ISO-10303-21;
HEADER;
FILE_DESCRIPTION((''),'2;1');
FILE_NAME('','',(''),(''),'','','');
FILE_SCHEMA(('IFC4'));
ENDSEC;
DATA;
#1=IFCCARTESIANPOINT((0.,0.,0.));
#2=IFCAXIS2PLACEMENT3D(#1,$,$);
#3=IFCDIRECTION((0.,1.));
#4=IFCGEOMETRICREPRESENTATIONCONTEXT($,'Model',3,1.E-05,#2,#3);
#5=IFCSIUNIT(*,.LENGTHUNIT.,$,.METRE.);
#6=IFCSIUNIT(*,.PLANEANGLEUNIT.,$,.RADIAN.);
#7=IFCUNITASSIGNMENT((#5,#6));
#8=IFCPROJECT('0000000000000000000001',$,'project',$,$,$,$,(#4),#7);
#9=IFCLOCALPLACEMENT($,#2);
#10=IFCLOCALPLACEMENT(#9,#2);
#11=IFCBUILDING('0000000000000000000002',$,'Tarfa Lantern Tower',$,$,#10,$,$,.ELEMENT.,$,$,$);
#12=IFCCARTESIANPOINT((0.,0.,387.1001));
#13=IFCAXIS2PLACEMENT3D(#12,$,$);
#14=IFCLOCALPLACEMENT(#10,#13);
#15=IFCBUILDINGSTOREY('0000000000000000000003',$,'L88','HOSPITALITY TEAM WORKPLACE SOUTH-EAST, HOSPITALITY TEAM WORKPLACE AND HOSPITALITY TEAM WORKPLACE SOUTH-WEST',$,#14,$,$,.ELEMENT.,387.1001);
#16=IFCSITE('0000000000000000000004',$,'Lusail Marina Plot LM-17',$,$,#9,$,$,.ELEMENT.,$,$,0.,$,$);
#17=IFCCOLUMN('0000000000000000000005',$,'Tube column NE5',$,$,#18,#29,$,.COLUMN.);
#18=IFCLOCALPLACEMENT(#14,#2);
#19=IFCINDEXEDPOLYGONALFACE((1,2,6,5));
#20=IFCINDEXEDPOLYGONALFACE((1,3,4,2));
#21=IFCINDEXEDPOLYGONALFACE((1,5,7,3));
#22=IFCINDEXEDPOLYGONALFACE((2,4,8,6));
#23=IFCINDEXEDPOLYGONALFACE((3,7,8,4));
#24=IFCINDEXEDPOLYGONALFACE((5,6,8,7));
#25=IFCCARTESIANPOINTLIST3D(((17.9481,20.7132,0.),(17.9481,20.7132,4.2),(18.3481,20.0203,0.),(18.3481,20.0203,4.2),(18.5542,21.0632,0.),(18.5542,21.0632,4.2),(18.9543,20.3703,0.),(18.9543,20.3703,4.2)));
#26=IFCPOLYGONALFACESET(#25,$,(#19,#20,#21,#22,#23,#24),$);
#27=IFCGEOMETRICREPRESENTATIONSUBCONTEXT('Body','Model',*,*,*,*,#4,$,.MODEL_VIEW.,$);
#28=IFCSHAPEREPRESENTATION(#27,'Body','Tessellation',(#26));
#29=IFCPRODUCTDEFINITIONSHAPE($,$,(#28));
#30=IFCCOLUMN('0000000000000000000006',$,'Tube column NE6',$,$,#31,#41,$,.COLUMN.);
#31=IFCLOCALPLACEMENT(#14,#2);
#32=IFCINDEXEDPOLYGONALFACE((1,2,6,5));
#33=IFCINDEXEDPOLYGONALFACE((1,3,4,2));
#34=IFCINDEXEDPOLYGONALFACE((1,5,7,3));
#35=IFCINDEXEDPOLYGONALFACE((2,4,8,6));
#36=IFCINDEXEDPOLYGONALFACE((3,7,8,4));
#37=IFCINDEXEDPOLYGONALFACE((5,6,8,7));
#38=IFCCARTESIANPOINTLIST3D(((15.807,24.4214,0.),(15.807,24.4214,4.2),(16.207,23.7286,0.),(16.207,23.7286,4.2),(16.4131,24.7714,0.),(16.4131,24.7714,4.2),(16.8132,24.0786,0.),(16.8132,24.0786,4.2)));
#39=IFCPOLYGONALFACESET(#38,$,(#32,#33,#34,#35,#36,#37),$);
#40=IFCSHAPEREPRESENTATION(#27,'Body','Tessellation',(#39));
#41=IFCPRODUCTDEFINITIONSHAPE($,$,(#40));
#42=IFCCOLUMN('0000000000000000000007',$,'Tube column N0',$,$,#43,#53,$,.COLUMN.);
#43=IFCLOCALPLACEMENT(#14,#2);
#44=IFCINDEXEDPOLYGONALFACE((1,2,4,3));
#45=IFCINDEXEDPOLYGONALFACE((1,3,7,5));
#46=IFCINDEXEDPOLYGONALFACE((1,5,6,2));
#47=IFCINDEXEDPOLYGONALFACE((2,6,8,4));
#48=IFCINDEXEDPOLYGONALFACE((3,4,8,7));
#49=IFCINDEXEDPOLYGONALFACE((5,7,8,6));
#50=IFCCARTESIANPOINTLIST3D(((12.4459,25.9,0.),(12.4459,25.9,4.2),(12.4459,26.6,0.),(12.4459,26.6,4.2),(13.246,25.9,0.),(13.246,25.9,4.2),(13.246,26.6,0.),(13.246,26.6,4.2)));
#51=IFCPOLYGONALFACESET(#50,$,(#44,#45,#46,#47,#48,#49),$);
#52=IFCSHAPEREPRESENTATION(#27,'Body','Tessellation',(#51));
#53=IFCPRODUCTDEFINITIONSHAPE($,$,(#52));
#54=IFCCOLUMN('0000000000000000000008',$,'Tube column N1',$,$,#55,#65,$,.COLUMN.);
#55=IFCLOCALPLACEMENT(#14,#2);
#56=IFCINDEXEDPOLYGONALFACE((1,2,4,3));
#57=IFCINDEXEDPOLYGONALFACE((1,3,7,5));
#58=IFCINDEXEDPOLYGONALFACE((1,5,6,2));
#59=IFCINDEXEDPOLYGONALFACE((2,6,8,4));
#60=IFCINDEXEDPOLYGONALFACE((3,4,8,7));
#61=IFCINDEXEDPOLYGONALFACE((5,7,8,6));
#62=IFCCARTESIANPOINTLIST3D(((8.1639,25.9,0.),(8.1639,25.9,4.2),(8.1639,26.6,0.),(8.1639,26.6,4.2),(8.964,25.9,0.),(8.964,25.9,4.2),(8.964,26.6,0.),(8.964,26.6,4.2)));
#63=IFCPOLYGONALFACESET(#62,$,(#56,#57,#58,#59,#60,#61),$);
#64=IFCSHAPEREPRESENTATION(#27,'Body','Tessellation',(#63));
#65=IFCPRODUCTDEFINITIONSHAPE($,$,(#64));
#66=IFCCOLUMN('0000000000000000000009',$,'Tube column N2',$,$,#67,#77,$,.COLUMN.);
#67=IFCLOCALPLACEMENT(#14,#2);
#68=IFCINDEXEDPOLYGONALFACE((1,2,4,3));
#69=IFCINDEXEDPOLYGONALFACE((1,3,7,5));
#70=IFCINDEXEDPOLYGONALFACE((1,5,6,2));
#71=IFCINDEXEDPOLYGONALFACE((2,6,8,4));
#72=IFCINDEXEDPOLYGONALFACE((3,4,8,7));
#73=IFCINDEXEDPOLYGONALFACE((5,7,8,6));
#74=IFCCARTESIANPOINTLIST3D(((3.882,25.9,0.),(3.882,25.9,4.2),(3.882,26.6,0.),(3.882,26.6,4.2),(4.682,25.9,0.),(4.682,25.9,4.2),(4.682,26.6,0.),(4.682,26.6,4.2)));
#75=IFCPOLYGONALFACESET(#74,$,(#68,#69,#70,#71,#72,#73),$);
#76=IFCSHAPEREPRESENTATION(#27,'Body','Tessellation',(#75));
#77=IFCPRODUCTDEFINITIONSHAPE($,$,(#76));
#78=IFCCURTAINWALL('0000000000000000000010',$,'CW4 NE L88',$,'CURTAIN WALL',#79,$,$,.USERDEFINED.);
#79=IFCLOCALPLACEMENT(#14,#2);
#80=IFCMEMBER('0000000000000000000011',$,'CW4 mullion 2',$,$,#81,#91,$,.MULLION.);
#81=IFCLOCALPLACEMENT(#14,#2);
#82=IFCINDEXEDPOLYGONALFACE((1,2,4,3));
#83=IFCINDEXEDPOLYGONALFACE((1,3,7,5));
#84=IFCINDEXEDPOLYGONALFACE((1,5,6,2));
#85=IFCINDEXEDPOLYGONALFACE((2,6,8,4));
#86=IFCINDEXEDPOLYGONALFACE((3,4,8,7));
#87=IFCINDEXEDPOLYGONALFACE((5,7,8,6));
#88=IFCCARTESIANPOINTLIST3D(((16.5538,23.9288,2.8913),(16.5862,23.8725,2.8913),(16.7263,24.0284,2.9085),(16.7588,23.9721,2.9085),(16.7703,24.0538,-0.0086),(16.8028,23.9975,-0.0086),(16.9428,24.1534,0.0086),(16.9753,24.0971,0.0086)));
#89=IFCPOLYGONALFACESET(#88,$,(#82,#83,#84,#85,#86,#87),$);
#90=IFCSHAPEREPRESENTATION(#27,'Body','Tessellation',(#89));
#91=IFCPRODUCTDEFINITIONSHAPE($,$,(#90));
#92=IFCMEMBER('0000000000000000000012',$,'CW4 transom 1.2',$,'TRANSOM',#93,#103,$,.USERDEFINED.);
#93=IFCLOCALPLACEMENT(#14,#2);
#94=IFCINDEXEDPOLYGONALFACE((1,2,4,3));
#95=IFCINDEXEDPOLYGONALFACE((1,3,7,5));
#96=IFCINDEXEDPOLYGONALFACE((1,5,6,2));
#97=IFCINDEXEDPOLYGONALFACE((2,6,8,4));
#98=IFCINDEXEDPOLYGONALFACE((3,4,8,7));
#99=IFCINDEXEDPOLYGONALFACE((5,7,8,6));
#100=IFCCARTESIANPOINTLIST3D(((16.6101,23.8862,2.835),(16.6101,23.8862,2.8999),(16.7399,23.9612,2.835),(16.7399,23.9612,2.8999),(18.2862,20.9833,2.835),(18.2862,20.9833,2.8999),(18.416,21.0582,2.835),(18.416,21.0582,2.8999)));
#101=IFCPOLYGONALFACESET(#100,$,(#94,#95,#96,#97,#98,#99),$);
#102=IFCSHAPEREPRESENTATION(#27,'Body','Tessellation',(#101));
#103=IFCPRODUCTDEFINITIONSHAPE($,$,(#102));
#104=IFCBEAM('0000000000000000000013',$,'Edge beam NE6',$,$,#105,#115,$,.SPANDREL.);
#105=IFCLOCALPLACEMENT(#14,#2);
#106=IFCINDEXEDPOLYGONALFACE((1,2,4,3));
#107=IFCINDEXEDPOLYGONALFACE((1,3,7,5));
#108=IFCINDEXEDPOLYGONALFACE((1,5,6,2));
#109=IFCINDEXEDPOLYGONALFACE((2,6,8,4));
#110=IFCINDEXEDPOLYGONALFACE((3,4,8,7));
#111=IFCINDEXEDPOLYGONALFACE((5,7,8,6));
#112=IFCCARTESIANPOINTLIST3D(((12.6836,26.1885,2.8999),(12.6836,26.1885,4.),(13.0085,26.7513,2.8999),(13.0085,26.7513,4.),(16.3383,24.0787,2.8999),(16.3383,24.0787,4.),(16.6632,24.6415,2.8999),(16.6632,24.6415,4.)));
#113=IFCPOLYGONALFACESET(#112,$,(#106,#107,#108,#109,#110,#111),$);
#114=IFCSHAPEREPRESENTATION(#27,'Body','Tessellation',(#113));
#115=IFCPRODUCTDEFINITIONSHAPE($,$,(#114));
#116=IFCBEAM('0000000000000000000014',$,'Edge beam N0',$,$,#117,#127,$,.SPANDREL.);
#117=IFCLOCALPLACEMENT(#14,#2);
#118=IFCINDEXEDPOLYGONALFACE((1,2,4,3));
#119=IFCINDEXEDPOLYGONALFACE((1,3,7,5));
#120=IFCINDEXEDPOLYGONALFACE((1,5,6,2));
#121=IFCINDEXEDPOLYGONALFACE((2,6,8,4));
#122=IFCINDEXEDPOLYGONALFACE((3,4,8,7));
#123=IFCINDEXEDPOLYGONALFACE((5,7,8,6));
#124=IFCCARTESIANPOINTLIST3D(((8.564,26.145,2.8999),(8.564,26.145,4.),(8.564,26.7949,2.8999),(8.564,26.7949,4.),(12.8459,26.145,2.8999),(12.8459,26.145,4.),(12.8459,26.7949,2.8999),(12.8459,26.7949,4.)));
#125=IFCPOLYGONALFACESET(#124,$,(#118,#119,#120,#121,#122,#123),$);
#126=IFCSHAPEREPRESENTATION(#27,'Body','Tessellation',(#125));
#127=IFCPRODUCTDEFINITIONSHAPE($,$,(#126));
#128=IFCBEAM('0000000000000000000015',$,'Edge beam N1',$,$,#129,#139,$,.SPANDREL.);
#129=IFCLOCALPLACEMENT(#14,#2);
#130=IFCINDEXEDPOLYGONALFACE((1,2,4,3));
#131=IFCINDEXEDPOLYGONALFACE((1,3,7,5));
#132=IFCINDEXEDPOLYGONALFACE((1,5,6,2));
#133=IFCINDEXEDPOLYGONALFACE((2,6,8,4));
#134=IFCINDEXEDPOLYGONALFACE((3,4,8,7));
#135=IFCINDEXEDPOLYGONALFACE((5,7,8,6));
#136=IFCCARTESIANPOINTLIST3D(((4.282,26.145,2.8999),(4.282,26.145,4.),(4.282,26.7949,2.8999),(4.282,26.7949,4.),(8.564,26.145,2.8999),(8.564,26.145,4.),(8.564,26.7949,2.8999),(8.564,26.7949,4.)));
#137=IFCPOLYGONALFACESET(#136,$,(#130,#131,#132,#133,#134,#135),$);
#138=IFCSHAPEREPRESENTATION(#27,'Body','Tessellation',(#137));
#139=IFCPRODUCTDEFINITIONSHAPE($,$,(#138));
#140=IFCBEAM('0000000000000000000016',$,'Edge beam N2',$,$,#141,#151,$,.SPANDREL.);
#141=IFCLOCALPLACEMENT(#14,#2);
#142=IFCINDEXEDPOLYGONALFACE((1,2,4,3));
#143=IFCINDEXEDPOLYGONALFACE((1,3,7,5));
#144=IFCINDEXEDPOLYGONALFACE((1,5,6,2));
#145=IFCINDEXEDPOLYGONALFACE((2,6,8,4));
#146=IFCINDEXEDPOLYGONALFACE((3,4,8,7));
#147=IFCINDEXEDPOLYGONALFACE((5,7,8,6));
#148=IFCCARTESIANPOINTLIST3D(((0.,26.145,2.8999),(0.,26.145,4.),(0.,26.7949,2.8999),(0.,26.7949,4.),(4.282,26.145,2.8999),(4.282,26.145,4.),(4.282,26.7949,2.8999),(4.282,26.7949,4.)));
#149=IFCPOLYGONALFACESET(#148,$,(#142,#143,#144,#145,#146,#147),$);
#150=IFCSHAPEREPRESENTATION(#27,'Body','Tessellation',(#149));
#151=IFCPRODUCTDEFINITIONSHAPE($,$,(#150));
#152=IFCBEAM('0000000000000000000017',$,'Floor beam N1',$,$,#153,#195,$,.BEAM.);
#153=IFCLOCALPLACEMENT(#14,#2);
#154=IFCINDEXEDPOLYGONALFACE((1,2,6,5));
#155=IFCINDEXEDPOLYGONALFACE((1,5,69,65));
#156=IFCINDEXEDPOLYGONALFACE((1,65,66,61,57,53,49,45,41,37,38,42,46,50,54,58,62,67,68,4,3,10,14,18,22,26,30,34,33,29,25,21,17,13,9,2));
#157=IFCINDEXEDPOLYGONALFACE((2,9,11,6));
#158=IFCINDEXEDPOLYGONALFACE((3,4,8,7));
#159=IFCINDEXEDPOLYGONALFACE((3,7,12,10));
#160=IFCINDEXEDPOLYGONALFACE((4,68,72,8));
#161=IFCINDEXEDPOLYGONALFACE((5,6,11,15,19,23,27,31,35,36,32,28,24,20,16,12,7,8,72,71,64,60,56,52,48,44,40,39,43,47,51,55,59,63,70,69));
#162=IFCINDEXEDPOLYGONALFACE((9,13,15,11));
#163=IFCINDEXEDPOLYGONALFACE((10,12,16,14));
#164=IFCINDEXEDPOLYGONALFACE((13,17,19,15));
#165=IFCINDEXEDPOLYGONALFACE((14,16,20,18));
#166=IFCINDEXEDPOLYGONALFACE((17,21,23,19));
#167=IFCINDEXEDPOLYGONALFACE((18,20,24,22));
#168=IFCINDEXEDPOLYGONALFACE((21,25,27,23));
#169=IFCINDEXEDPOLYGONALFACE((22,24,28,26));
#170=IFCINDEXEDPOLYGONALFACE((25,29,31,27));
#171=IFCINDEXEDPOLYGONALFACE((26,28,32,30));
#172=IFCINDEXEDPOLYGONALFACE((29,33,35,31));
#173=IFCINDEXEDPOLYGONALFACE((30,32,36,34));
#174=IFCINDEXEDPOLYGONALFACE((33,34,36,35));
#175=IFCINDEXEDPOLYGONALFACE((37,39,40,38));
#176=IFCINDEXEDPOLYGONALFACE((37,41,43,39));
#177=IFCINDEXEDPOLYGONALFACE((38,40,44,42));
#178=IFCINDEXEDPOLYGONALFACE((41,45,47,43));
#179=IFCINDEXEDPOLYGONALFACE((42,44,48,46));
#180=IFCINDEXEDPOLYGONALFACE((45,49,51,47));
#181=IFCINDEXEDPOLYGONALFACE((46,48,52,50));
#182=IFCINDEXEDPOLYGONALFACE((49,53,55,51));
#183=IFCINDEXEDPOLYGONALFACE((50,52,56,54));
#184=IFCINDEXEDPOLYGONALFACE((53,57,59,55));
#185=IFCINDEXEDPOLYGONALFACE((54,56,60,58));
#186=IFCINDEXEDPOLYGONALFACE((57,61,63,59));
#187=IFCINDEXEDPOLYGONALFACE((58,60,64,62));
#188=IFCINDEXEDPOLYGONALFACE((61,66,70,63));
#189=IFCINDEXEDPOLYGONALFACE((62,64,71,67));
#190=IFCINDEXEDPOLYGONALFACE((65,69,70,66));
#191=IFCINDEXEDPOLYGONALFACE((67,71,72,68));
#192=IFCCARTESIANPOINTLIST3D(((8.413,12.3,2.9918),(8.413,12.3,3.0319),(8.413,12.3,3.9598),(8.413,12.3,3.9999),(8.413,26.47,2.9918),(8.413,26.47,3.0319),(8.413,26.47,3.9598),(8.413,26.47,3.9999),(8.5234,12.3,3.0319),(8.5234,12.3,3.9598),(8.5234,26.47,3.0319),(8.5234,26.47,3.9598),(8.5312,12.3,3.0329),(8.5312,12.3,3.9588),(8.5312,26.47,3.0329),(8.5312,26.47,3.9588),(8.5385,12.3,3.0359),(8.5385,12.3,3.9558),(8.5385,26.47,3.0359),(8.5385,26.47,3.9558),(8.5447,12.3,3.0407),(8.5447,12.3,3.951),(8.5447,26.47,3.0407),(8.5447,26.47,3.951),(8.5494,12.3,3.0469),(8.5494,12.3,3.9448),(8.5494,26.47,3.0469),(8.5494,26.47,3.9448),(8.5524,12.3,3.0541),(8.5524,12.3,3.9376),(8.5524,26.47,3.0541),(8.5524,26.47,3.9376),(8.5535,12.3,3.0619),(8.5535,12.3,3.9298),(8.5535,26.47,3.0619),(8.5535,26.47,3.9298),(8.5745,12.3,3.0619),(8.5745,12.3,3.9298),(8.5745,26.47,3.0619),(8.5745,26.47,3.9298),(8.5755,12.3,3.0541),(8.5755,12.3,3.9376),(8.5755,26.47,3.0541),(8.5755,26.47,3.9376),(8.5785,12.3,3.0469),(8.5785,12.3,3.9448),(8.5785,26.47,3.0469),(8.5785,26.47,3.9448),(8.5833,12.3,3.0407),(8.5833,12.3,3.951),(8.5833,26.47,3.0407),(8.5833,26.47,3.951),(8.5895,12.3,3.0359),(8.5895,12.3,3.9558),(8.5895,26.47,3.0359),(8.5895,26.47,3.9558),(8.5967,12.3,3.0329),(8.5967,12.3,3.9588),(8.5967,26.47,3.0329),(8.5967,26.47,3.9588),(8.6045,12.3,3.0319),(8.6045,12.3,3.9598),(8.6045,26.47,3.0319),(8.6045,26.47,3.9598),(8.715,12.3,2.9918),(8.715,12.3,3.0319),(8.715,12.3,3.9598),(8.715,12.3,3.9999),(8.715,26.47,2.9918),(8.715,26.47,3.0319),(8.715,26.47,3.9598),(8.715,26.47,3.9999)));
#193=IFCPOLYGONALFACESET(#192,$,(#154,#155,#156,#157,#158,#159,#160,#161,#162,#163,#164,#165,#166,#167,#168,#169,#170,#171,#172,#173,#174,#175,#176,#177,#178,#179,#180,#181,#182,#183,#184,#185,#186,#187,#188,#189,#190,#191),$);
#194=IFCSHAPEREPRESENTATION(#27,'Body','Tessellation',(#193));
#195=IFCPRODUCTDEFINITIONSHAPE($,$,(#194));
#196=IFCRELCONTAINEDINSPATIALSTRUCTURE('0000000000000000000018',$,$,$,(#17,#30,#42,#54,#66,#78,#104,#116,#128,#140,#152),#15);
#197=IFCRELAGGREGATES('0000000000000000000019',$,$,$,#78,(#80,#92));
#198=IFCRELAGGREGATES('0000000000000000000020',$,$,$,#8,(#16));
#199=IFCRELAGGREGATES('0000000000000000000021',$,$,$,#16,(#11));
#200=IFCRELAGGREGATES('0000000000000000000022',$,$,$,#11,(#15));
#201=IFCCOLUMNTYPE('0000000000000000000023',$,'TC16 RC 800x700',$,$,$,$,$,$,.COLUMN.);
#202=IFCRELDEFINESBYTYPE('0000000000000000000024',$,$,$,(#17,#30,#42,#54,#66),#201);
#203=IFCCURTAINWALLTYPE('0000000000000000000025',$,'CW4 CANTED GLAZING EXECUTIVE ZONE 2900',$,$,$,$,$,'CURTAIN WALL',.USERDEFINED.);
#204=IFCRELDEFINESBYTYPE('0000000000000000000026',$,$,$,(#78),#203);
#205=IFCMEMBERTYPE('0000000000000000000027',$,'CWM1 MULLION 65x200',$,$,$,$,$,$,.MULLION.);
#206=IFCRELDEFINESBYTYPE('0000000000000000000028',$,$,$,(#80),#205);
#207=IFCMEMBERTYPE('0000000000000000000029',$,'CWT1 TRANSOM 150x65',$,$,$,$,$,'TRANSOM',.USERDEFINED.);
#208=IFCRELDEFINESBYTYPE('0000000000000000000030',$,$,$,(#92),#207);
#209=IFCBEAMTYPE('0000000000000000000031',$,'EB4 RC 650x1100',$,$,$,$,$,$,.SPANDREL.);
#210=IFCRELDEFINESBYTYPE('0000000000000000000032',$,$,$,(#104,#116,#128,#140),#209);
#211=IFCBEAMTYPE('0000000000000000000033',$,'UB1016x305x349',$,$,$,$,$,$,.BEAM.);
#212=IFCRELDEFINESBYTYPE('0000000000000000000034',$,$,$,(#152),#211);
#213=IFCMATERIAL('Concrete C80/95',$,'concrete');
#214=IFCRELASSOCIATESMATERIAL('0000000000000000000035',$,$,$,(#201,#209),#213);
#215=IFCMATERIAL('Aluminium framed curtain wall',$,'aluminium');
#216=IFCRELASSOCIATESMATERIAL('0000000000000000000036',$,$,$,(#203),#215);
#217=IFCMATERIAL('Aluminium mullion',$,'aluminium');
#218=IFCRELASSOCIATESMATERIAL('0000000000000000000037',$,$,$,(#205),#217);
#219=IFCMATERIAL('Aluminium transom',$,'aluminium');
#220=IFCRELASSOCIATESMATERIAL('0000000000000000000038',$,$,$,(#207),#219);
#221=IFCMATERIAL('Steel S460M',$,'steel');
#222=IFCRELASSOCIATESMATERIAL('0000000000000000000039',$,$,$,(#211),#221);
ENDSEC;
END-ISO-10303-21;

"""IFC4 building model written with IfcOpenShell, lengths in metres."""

from ifc_helpers import new_model, si_unit, direction, frame, origin, origin_2d, place, context, subcontext, project, spatial, rectangle, i_section, extrude, material, material_profile, profile_set, type_object, element, aggregate, save


model = new_model("IFC4")

# Units and contexts
model_context = context("Model", 3, precision=1e-05, world=origin(), true_north=direction((0.0, 1.0)))
body_context = subcontext(model_context, "Body", "Model", "MODEL_VIEW")
ifc_project = project(units=[si_unit("LENGTHUNIT", "METRE"), si_unit("PLANEANGLEUNIT", "RADIAN")], contexts=[model_context])

# Site, building, storey
site_placement = place(None, origin())
site = spatial("IfcSite", under=ifc_project, at=site_placement, Name="Lusail Marina Plot LM-17", CompositionType="ELEMENT", RefElevation=0.0)
building_placement = place(site_placement, origin())
building = spatial("IfcBuilding", under=site, at=building_placement, Name="Tarfa Lantern Tower", CompositionType="ELEMENT")
storey_placement = place(building_placement, frame((0.0, 0.0, 387.1001)))
storey = spatial("IfcBuildingStorey", under=building, at=storey_placement, Name="L88", Description="HOSPITALITY TEAM WORKPLACE SOUTH-EAST, HOSPITALITY TEAM WORKPLACE AND HOSPITALITY TEAM WORKPLACE SOUTH-WEST", CompositionType="ELEMENT", Elevation=387.1001)

# Columns
ifc_material_1 = material(Name="Concrete C80/95", Category="concrete")
ifc_material_profile_1 = material_profile(ifc_material_1, rectangle(XDim=0.8, YDim=0.7, at=origin_2d()), Name="RC 800x700")
ifc_profile_set_1 = profile_set([ifc_material_profile_1], Name="Concrete C80/95")
column_type = type_object("IfcColumnType", Name="TC16 RC 800x700", PredefinedType="COLUMN", material=ifc_profile_set_1)
for number, where, z_axis, x_axis, name in (
    (1, (18.4512, 20.5417, 0.0), (0.0, 0.0, 1.0), (-0.5, 0.866025, 0.0), "Tube column NE5"),
    (2, (16.3101, 24.25, 0.0), (0.0, 0.0, 1.0), (-0.5, 0.866025, 0.0), "Tube column NE6"),
    (3, (12.8459, 26.25, 0.0), (0.0, 0.0, 1.0), (-1.0, 0.0, 0.0), "Tube column N0"),
    (4, (8.564, 26.25, 0.0), (0.0, 0.0, 1.0), (-1.0, 0.0, 0.0), "Tube column N1"),
    (5, (4.282, 26.25, 0.0), (0.0, 0.0, 1.0), (-1.0, 0.0, 0.0), "Tube column N2"),
):
    element("IfcColumn", number, at=place(storey_placement, frame(where, z_axis=z_axis, x_axis=x_axis)), inside=storey, type_object=column_type, Name=name, PredefinedType="COLUMN", context=body_context, shape_type="SweptSolid", body=[
        extrude(rectangle(XDim=0.8, YDim=0.7, at=origin_2d()), origin(), (0.0, 0.0, 1.0), 4.2),
    ])

# Curtain wall, members
ifc_material_2 = material(Name="Aluminium framed curtain wall", Category="aluminium")
curtain_wall_type = type_object("IfcCurtainWallType", Name="CW4 CANTED GLAZING EXECUTIVE ZONE 2900", ElementType="CURTAIN WALL", PredefinedType="USERDEFINED", material=ifc_material_2)
curtain_wall_placement = place(storey_placement, origin())
curtain_wall = element("IfcCurtainWall", 6, at=curtain_wall_placement, inside=storey, type_object=curtain_wall_type, Name="CW4 NE L88", ObjectType="CURTAIN WALL", PredefinedType="USERDEFINED")
ifc_material_3 = material(Name="Aluminium mullion", Category="aluminium")
ifc_material_profile_2 = material_profile(ifc_material_3, rectangle(XDim=0.0649, YDim=0.2, at=origin_2d()), Name="AL MULLION 65x200")
ifc_profile_set_2 = profile_set([ifc_material_profile_2], Name="Aluminium mullion")
member_type_1 = type_object("IfcMemberType", Name="CWM1 MULLION 65x200", PredefinedType="MULLION", material=ifc_profile_set_2)
member_1_placement = place(storey_placement, frame((16.8728, 24.0754, 0.0), z_axis=(-0.0744, -0.042946, 0.996303), x_axis=(0.49992, -0.866072, 0.0)))
member_1 = element("IfcMember", 7, at=member_1_placement, type_object=member_type_1, Name="CW4 mullion 2", PredefinedType="MULLION", context=body_context, shape_type="SweptSolid", body=[
    extrude(rectangle(XDim=0.0649, YDim=0.2, at=origin_2d()), origin(), (0.0, 0.0, 1.0), 2.9106),
])
ifc_material_4 = material(Name="Aluminium transom", Category="aluminium")
ifc_material_profile_3 = material_profile(ifc_material_4, rectangle(XDim=0.1499, YDim=0.0649, at=origin_2d()), Name="AL TRANSOM 150x65")
ifc_profile_set_3 = profile_set([ifc_material_profile_3], Name="Aluminium transom")
member_type_2 = type_object("IfcMemberType", Name="CWT1 TRANSOM 150x65", ElementType="TRANSOM", PredefinedType="USERDEFINED", material=ifc_profile_set_3)
member_2_placement = place(storey_placement, frame((18.3511, 21.0208, 2.8674), z_axis=(-0.500017, 0.866016, 0.0), x_axis=(-0.866016, -0.500017, 0.0)))
member_2 = element("IfcMember", 8, at=member_2_placement, type_object=member_type_2, Name="CW4 transom 1.2", ObjectType="TRANSOM", PredefinedType="USERDEFINED", context=body_context, shape_type="SweptSolid", body=[
    extrude(rectangle(XDim=0.1499, YDim=0.0649, at=origin_2d()), origin(), (0.0, 0.0, 1.0), 3.3521),
])

# Beams
ifc_material_profile_4 = material_profile(ifc_material_1, rectangle(XDim=0.6499, YDim=1.1001, at=origin_2d()), Name="RC 650x1100")
ifc_profile_set_4 = profile_set([ifc_material_profile_4], Name="Concrete C80/95")
beam_type_1 = type_object("IfcBeamType", Name="EB4 RC 650x1100", PredefinedType="SPANDREL", material=ifc_profile_set_4)
beam_1_placement = place(storey_placement, frame((16.5007, 24.3601, 3.45), z_axis=(-0.866049, 0.499959, 0.0), x_axis=(-0.499959, -0.866049, 0.0)))
element("IfcBeam", 9, at=beam_1_placement, inside=storey, type_object=beam_type_1, Name="Edge beam NE6", PredefinedType="SPANDREL", context=body_context, shape_type="SweptSolid", body=[
    extrude(rectangle(XDim=0.6499, YDim=1.1001, at=origin_2d()), origin(), (0.0, 0.0, 1.0), 4.22),
])
for number, where, z_axis, x_axis, name in (
    (10, (12.8459, 26.47, 3.45), (-1.0, 0.0, 0.0), (0.0, -1.0, 0.0), "Edge beam N0"),
    (11, (8.564, 26.47, 3.45), (-1.0, 0.0, 0.0), (0.0, -1.0, 0.0), "Edge beam N1"),
    (12, (4.282, 26.47, 3.45), (-1.0, 0.0, 0.0), (0.0, -1.0, 0.0), "Edge beam N2"),
):
    element("IfcBeam", number, at=place(storey_placement, frame(where, z_axis=z_axis, x_axis=x_axis)), inside=storey, type_object=beam_type_1, Name=name, PredefinedType="SPANDREL", context=body_context, shape_type="SweptSolid", body=[
        extrude(rectangle(XDim=0.6499, YDim=1.1001, at=origin_2d()), origin(), (0.0, 0.0, 1.0), 4.282),
    ])
ifc_material_5 = material(Name="Steel S460M", Category="steel")
ifc_material_profile_5 = material_profile(ifc_material_5, i_section(OverallWidth=0.302, OverallDepth=1.0081, WebThickness=0.021, FlangeThickness=0.04, FilletRadius=0.03, at=origin_2d()), Name="UB1016x305x349")
ifc_profile_set_5 = profile_set([ifc_material_profile_5], Name="Steel S460M")
beam_type_2 = type_object("IfcBeamType", Name="UB1016x305x349", PredefinedType="BEAM", material=ifc_profile_set_5)
for number, where, z_axis, x_axis, name in (
    (13, (8.564, 26.47, 3.4958), (0.0, -1.0, 0.0), (1.0, 0.0, 0.0), "Floor beam N1"),
):
    element("IfcBeam", number, at=place(storey_placement, frame(where, z_axis=z_axis, x_axis=x_axis)), inside=storey, type_object=beam_type_2, Name=name, PredefinedType="BEAM", context=body_context, shape_type="SweptSolid", body=[
        extrude(i_section(OverallWidth=0.302, OverallDepth=1.0081, WebThickness=0.021, FlangeThickness=0.04, FilletRadius=0.03, at=origin_2d()), origin(), (0.0, 0.0, 1.0), 14.1699),
    ])

aggregate(curtain_wall, [member_1, member_2])

save(model, "model.ifc")
